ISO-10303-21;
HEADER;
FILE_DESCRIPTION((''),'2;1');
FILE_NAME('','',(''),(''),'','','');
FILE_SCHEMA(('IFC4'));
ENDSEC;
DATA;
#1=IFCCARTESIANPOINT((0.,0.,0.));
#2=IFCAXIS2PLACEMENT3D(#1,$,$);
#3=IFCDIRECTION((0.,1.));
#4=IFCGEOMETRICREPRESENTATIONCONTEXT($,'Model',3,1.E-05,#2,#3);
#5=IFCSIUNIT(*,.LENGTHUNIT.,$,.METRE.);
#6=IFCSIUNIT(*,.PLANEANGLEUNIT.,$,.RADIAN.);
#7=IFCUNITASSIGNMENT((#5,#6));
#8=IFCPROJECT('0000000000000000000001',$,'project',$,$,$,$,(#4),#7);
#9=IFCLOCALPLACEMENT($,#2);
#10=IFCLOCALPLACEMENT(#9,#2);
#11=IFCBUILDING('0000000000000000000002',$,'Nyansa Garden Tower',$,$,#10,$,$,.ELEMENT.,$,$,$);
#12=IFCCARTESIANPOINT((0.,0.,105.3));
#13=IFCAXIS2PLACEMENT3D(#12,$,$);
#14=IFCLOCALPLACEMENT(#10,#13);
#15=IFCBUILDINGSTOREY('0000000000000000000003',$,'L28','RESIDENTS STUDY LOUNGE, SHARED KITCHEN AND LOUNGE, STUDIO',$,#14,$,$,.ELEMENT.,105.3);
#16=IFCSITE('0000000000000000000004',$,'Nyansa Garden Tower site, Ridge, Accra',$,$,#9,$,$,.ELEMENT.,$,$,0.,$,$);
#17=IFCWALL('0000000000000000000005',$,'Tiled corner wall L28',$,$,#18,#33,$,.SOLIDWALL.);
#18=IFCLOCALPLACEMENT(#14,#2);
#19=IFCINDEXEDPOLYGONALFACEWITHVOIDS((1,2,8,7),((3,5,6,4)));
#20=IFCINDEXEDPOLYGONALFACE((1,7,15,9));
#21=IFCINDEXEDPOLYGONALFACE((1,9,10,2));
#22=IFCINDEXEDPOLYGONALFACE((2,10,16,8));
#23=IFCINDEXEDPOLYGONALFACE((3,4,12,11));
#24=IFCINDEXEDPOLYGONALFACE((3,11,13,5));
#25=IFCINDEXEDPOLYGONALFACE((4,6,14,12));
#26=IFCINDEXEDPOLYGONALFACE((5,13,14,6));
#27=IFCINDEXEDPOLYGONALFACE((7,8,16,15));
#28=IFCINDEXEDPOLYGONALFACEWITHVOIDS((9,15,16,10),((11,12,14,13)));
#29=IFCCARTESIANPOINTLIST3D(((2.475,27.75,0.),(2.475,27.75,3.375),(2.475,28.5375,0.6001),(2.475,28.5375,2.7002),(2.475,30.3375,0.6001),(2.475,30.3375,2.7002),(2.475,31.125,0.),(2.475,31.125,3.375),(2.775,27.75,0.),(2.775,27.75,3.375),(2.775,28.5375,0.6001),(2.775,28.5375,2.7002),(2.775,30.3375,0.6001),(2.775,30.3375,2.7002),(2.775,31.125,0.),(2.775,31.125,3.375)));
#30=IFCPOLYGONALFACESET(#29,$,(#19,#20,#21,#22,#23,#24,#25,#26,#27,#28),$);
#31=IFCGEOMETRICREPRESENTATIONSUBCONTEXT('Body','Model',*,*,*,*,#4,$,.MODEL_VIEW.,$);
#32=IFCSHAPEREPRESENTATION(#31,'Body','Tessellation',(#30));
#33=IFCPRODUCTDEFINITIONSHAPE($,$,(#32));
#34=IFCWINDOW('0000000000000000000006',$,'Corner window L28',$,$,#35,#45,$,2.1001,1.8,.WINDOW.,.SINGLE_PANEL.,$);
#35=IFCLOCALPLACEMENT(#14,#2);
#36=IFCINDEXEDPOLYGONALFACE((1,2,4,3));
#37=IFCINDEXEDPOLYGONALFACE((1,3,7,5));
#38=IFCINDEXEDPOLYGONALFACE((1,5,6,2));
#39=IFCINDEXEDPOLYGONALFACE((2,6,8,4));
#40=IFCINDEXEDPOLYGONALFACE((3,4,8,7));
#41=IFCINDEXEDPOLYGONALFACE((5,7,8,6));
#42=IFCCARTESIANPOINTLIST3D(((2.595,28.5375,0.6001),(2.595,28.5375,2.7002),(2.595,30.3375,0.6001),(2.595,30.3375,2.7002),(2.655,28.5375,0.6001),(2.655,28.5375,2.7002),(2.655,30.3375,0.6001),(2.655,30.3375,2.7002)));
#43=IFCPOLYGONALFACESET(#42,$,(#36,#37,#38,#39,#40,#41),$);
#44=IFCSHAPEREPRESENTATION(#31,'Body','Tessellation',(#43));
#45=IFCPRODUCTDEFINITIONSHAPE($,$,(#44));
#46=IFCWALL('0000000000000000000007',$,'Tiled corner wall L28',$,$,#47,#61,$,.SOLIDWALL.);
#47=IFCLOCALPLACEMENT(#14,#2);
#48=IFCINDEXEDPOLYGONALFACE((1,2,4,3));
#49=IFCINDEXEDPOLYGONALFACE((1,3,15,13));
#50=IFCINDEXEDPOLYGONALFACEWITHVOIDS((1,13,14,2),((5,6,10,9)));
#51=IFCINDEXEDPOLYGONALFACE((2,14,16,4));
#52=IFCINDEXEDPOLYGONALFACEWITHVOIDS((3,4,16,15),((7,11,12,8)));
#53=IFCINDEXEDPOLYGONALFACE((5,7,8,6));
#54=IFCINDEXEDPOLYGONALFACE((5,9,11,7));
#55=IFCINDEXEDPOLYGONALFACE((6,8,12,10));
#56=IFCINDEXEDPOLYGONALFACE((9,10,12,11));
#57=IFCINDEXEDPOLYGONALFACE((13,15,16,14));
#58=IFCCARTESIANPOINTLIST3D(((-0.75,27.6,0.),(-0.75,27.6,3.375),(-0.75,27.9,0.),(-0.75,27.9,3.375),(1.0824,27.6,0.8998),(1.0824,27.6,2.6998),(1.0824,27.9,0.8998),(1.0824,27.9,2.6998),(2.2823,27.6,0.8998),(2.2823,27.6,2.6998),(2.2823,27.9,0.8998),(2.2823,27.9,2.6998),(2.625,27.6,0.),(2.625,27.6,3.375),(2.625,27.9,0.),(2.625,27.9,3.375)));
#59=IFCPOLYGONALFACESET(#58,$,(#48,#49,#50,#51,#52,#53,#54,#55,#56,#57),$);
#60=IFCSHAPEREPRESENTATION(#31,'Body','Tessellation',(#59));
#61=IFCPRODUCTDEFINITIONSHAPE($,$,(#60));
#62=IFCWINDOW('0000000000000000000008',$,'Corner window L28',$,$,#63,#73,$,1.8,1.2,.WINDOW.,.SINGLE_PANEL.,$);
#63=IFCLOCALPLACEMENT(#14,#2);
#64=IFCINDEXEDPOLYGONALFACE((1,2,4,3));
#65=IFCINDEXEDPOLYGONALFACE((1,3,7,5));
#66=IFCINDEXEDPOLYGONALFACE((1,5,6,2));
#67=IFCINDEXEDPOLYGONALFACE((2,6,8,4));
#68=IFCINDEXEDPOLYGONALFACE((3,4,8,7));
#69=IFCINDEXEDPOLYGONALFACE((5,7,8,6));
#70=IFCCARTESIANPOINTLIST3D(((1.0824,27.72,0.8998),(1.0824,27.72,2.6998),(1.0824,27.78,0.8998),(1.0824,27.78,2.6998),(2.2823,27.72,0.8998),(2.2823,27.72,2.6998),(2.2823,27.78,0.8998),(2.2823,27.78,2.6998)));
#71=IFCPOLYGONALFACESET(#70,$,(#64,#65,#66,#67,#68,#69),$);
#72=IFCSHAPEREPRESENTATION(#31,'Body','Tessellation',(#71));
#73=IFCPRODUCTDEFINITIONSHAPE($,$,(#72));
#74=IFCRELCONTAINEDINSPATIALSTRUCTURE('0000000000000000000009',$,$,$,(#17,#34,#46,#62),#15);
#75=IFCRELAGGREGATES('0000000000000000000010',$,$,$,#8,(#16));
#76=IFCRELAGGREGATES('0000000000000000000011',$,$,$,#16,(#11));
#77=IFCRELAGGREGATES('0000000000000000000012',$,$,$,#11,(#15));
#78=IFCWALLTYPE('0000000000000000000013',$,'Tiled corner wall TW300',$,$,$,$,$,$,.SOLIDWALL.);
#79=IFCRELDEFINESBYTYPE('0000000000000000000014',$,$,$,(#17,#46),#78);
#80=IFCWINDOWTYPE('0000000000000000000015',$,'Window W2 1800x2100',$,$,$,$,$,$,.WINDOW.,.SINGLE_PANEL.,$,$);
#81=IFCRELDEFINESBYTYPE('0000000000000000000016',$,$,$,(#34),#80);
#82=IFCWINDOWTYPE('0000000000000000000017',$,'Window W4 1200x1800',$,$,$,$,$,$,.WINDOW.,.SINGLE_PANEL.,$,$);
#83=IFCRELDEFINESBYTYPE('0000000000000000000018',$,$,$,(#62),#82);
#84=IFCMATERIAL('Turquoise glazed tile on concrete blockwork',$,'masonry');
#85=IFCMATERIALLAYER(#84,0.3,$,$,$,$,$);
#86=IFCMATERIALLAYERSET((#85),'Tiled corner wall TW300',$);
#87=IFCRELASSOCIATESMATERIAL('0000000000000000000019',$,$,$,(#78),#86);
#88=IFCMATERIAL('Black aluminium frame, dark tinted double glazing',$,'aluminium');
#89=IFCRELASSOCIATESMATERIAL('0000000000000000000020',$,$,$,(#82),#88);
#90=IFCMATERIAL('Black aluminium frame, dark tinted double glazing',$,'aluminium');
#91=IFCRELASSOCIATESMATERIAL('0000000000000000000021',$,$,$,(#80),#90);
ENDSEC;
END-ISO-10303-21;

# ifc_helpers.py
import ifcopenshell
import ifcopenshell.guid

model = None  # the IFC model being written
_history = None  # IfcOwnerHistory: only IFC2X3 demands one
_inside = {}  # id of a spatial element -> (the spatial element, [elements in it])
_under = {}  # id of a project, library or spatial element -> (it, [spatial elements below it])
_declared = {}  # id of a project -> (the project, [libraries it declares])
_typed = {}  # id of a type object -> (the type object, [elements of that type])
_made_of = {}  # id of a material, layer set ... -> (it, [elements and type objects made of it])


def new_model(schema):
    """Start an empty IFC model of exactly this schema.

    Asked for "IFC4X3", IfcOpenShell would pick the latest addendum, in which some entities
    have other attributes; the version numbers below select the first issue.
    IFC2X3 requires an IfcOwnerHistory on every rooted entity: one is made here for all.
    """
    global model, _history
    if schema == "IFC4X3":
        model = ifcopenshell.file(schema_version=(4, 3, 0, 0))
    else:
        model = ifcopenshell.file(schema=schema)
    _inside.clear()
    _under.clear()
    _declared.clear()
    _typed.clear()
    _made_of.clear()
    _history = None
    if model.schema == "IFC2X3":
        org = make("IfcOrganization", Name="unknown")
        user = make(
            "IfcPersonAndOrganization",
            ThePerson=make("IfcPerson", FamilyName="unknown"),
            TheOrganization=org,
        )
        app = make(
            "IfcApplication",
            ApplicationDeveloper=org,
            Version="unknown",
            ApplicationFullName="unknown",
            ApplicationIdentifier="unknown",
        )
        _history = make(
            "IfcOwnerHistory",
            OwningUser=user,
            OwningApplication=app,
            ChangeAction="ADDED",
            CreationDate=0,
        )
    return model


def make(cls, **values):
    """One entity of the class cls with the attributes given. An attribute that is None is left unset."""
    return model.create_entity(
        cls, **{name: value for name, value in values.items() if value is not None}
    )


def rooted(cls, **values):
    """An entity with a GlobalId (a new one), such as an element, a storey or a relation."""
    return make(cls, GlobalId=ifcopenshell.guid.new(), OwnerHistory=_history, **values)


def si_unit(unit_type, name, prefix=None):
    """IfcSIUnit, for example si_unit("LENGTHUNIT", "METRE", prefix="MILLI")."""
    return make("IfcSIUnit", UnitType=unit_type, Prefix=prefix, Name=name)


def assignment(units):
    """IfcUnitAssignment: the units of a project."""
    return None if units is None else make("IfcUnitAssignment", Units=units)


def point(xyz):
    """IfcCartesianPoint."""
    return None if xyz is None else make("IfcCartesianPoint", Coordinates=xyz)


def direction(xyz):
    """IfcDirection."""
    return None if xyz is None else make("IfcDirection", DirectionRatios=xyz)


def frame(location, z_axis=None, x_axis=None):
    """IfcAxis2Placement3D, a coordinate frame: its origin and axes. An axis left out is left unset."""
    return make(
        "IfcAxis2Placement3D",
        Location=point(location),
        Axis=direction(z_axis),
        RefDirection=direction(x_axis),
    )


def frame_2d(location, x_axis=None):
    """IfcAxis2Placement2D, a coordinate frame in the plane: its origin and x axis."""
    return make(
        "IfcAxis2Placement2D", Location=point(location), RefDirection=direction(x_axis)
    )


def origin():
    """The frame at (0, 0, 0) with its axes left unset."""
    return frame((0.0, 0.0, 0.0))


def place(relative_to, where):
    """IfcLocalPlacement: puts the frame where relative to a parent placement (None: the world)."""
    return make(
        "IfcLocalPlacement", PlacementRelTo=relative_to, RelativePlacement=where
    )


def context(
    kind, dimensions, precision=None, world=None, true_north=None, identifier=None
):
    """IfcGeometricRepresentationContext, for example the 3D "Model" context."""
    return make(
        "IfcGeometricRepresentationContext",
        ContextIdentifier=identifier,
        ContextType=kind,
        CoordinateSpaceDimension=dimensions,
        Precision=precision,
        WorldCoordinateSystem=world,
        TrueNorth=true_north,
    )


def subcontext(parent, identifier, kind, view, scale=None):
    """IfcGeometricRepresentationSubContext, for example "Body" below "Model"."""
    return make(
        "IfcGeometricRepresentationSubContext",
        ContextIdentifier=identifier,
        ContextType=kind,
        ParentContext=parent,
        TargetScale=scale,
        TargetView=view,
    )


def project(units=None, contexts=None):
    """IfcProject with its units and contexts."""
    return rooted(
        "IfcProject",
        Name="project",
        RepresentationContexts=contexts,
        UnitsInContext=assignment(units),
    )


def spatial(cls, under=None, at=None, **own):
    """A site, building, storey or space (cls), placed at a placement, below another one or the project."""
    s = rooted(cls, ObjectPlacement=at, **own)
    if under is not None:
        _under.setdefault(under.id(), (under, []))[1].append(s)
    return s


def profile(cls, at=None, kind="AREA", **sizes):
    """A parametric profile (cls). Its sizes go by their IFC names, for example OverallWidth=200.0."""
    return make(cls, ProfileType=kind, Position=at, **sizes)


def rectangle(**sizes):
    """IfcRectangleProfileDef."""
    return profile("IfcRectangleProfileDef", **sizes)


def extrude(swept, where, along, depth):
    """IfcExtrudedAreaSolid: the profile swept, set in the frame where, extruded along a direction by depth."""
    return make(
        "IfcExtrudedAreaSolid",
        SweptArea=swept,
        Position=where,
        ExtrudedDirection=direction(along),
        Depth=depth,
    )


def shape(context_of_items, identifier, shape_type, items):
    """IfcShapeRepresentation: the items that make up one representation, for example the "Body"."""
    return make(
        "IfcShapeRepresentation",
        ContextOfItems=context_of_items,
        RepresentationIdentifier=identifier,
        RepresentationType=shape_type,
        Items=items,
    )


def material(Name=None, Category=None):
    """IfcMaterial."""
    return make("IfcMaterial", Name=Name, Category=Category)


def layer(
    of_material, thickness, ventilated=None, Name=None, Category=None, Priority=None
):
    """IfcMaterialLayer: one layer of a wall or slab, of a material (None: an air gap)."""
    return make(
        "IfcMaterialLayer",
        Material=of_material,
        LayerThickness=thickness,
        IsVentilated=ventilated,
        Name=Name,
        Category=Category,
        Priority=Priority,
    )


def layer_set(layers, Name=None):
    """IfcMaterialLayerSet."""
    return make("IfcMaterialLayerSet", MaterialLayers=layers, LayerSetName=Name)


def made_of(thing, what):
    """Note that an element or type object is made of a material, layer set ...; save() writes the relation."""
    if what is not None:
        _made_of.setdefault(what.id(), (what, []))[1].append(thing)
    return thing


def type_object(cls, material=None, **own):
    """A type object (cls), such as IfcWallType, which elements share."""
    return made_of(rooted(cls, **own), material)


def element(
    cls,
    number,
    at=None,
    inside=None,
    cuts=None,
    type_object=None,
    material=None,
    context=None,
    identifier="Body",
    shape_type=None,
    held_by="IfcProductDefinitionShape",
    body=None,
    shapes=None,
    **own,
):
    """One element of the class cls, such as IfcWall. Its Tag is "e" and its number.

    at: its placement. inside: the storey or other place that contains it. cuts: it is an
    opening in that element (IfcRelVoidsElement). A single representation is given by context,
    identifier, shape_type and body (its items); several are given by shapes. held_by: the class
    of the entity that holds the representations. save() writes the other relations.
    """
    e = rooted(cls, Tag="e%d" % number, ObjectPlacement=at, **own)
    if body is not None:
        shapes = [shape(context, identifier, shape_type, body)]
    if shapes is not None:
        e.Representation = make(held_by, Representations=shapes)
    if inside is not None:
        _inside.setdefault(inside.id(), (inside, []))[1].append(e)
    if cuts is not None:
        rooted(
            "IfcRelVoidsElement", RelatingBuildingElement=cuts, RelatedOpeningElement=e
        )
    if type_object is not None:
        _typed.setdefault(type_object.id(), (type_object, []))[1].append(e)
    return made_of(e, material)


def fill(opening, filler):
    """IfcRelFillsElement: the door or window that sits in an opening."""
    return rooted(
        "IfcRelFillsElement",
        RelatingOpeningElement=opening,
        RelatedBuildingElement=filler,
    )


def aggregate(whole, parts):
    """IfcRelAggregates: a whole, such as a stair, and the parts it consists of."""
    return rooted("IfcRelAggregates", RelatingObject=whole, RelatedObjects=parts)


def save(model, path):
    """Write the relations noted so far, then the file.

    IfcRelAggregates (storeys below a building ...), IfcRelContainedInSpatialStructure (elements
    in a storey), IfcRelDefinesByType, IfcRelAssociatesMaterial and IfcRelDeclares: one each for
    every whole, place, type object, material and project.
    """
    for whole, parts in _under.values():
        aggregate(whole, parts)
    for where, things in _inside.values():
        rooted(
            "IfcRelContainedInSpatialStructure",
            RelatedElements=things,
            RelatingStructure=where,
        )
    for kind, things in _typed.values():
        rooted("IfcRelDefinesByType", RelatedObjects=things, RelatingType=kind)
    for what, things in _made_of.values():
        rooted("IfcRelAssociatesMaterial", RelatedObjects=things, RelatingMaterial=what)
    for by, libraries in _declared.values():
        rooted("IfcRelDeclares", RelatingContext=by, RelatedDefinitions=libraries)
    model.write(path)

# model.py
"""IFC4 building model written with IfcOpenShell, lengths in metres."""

from ifc_helpers import new_model, si_unit, direction, frame, frame_2d, origin, place, context, subcontext, project, spatial, rectangle, extrude, material, layer, layer_set, type_object, element, fill, save


model = new_model("IFC4")

# Units and contexts
model_context = context("Model", 3, precision=1e-05, world=origin(), true_north=direction((0.0, 1.0)))
body_context = subcontext(model_context, "Body", "Model", "MODEL_VIEW")
ifc_project = project(units=[si_unit("LENGTHUNIT", "METRE"), si_unit("PLANEANGLEUNIT", "RADIAN")], contexts=[model_context])

# Site, building, storey
site_placement = place(None, origin())
site = spatial("IfcSite", under=ifc_project, at=site_placement, Name="Nyansa Garden Tower site, Ridge, Accra", CompositionType="ELEMENT", RefElevation=0.0)
building_placement = place(site_placement, origin())
building = spatial("IfcBuilding", under=site, at=building_placement, Name="Nyansa Garden Tower", CompositionType="ELEMENT")
storey_placement = place(building_placement, frame((0.0, 0.0, 105.3)))
storey = spatial("IfcBuildingStorey", under=building, at=storey_placement, Name="L28", Description="RESIDENTS STUDY LOUNGE, SHARED KITCHEN AND LOUNGE, STUDIO", CompositionType="ELEMENT", Elevation=105.3)

# Walls, openings, windows
ifc_material_1 = material(Name="Turquoise glazed tile on concrete blockwork", Category="masonry")
ifc_layer_1 = layer(ifc_material_1, 0.3)
ifc_layer_set_1 = layer_set([ifc_layer_1], Name="Tiled corner wall TW300")
wall_type_1 = type_object("IfcWallType", Name="Tiled corner wall TW300", PredefinedType="SOLIDWALL", material=ifc_layer_set_1)
ifc_material_2 = material(Name="Black aluminium frame, dark tinted double glazing", Category="aluminium")
window_type_1 = type_object("IfcWindowType", Name="Window W4 1200x1800", PartitioningType="SINGLE_PANEL", PredefinedType="WINDOW", material=ifc_material_2)
ifc_material_3 = material(Name="Black aluminium frame, dark tinted double glazing", Category="aluminium")
window_type_2 = type_object("IfcWindowType", Name="Window W2 1800x2100", PartitioningType="SINGLE_PANEL", PredefinedType="WINDOW", material=ifc_material_3)
wall_1_placement = place(storey_placement, frame((2.625, 31.125, 0.0), z_axis=(0.0, 0.0, 1.0), x_axis=(0.0, -1.0, 0.0)))
wall_1 = element("IfcWall", 1, at=wall_1_placement, inside=storey, type_object=wall_type_1, Name="Tiled corner wall L28", PredefinedType="SOLIDWALL", context=body_context, shape_type="SweptSolid", body=[
    extrude(rectangle(XDim=3.375, YDim=0.3, at=frame_2d((1.6875, 0.0))), origin(), (0.0, 0.0, 1.0), 3.375),
])
opening_1_placement = place(wall_1_placement, frame((0.7876, 0.0, 0.6001)))
opening_1 = element("IfcOpeningElement", 2, at=opening_1_placement, cuts=wall_1, PredefinedType="OPENING", context=body_context, shape_type="SweptSolid", body=[
    extrude(rectangle(XDim=1.8, YDim=2.1001, at=frame_2d((0.8999, 1.05))), frame((0.0, 0.1599, 0.0), z_axis=(0.0, -1.0, 0.0), x_axis=(1.0, 0.0, 0.0)), (0.0, 0.0, 1.0), 0.3201),
])
window_1_placement = place(opening_1_placement, origin())
window_1 = element("IfcWindow", 3, at=window_1_placement, inside=storey, type_object=window_type_2, Name="Corner window L28", OverallHeight=2.1001, OverallWidth=1.8, PartitioningType="SINGLE_PANEL", PredefinedType="WINDOW", context=body_context, shape_type="SweptSolid", body=[
    extrude(rectangle(XDim=1.8, YDim=2.1001, at=frame_2d((0.8999, 1.05))), frame((0.0, 0.03, 0.0), z_axis=(0.0, -1.0, 0.0), x_axis=(1.0, 0.0, 0.0)), (0.0, 0.0, 1.0), 0.0601),
])
fill(opening_1, window_1)
wall_2_placement = place(storey_placement, frame((2.625, 27.75, 0.0), z_axis=(0.0, 0.0, 1.0), x_axis=(-1.0, 0.0, 0.0)))
wall_2 = element("IfcWall", 4, at=wall_2_placement, inside=storey, type_object=wall_type_1, Name="Tiled corner wall L28", PredefinedType="SOLIDWALL", context=body_context, shape_type="SweptSolid", body=[
    extrude(rectangle(XDim=3.375, YDim=0.3, at=frame_2d((1.6875, 0.0))), origin(), (0.0, 0.0, 1.0), 3.375),
])
opening_2_placement = place(wall_2_placement, frame((0.3425, 0.0, 0.8999)))
opening_2 = element("IfcOpeningElement", 5, at=opening_2_placement, cuts=wall_2, PredefinedType="OPENING", context=body_context, shape_type="SweptSolid", body=[
    extrude(rectangle(XDim=1.2, YDim=1.8, at=frame_2d((0.6001, 0.8999))), frame((0.0, 0.1599, 0.0), z_axis=(0.0, -1.0, 0.0), x_axis=(1.0, 0.0, 0.0)), (0.0, 0.0, 1.0), 0.3201),
])
window_2_placement = place(opening_2_placement, origin())
window_2 = element("IfcWindow", 6, at=window_2_placement, inside=storey, type_object=window_type_1, Name="Corner window L28", OverallHeight=1.8, OverallWidth=1.2, PartitioningType="SINGLE_PANEL", PredefinedType="WINDOW", context=body_context, shape_type="SweptSolid", body=[
    extrude(rectangle(XDim=1.2, YDim=1.8, at=frame_2d((0.6001, 0.8999))), frame((0.0, 0.03, 0.0), z_axis=(0.0, -1.0, 0.0), x_axis=(1.0, 0.0, 0.0)), (0.0, 0.0, 1.0), 0.0601),
])
fill(opening_2, window_2)

save(model, "model.ifc")
